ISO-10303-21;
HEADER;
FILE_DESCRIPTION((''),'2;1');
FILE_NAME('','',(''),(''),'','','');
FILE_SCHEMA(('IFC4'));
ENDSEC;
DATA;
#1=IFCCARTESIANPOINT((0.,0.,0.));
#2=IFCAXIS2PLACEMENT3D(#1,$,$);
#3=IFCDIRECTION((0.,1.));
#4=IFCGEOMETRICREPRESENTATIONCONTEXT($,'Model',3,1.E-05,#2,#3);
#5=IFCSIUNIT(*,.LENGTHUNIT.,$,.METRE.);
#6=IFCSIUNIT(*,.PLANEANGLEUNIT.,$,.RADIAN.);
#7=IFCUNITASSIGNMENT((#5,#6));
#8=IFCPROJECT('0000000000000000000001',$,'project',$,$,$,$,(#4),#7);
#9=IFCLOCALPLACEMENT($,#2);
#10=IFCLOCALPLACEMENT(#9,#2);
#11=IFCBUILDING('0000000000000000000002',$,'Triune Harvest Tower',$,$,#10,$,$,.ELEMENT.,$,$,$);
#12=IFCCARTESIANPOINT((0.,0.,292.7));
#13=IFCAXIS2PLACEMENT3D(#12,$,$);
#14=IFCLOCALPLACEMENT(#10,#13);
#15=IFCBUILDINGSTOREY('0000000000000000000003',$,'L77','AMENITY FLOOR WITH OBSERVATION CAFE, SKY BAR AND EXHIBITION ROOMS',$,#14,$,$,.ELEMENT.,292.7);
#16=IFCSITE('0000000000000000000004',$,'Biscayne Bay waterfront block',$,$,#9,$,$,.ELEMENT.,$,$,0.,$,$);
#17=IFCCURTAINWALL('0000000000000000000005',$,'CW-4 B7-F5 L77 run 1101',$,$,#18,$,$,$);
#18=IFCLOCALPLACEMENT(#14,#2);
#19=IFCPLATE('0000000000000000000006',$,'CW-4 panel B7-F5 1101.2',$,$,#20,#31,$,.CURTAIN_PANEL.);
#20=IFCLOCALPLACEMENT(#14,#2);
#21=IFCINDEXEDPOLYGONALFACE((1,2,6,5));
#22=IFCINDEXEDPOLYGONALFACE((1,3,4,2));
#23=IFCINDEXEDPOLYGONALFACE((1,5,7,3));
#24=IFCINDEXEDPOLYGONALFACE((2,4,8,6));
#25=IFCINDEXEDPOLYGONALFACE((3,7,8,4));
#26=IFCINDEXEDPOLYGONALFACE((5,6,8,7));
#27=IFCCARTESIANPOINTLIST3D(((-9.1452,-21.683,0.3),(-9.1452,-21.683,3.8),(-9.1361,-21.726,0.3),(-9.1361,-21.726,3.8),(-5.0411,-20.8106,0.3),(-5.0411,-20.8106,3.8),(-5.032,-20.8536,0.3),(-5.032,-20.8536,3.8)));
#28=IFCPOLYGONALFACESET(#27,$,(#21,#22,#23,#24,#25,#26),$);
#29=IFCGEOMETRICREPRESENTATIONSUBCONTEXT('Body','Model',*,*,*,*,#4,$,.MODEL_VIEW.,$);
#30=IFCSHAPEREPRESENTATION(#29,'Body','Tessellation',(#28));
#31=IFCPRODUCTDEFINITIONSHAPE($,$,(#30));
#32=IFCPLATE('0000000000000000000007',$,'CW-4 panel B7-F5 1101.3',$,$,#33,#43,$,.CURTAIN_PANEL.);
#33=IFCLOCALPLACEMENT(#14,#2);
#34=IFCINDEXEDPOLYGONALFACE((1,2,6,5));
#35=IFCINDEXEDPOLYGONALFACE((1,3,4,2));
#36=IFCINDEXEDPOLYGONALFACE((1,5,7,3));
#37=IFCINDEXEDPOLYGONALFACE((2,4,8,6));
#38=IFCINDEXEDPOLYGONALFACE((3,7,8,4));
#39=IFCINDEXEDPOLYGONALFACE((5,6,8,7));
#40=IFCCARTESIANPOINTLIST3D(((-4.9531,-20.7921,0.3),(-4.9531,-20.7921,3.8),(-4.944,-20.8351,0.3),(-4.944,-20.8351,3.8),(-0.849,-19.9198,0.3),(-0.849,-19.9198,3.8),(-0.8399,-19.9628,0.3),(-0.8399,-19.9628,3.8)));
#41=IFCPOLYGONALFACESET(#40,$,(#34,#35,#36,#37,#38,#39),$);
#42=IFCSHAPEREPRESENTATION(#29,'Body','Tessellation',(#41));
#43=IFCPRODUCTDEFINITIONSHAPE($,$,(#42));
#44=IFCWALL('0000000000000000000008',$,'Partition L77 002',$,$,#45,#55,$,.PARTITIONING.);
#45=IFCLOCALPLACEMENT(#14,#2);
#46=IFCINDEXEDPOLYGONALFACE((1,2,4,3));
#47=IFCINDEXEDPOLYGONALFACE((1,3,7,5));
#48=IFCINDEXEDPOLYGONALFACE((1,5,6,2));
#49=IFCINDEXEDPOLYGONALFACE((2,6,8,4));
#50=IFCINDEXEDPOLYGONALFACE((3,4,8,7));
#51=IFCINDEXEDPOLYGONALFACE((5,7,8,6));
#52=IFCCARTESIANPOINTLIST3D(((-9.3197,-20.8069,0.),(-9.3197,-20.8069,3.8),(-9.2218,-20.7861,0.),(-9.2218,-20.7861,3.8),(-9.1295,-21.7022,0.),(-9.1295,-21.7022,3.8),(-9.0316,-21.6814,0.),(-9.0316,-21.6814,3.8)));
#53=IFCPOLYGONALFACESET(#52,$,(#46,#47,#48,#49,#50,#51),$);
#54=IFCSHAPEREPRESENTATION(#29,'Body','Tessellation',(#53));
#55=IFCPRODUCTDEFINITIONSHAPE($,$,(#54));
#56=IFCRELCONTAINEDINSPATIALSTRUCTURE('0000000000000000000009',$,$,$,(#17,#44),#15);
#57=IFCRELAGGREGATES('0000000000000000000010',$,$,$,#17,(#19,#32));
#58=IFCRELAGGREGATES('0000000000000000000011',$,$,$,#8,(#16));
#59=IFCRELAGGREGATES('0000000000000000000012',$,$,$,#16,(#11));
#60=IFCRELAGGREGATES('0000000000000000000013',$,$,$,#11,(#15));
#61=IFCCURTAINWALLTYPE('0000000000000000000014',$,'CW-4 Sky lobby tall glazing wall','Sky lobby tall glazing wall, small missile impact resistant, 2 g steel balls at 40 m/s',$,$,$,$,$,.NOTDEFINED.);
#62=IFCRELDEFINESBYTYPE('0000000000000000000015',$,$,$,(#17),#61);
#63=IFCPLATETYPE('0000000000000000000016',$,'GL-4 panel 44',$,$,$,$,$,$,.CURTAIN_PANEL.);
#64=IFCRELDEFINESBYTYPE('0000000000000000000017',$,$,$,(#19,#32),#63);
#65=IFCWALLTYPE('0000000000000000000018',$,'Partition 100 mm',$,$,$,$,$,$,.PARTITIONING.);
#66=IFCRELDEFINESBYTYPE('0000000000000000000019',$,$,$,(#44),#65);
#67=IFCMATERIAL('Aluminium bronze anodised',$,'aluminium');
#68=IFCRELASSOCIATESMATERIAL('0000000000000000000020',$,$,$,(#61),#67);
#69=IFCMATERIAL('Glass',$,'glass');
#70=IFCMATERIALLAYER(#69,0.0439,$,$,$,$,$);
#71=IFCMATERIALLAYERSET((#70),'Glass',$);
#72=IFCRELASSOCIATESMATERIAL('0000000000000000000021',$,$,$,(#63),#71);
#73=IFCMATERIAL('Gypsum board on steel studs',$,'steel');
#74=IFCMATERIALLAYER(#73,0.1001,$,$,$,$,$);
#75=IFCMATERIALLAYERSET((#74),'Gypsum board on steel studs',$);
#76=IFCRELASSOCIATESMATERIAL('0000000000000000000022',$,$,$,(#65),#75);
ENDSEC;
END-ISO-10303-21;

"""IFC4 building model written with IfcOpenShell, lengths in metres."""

from ifc_helpers import new_model, si_unit, direction, frame, frame_2d, origin, origin_2d, place, context, subcontext, project, spatial, rectangle, extrude, source, transform, mapped, material, layer, layer_set, type_object, element, aggregate, save


model = new_model("IFC4")

# Units and contexts
model_context = context("Model", 3, precision=1e-05, world=origin(), true_north=direction((0.0, 1.0)))
body_context = subcontext(model_context, "Body", "Model", "MODEL_VIEW")
ifc_project = project(units=[si_unit("LENGTHUNIT", "METRE"), si_unit("PLANEANGLEUNIT", "RADIAN")], contexts=[model_context])

# Site, building, storey
site_placement = place(None, origin())
site = spatial("IfcSite", under=ifc_project, at=site_placement, Name="Biscayne Bay waterfront block", CompositionType="ELEMENT", RefElevation=0.0)
building_placement = place(site_placement, origin())
building = spatial("IfcBuilding", under=site, at=building_placement, Name="Triune Harvest Tower", CompositionType="ELEMENT")
storey_placement = place(building_placement, frame((0.0, 0.0, 292.7)))
storey = spatial("IfcBuildingStorey", under=building, at=storey_placement, Name="L77", Description="AMENITY FLOOR WITH OBSERVATION CAFE, SKY BAR AND EXHIBITION ROOMS", CompositionType="ELEMENT", Elevation=292.7)

# Curtain wall
ifc_material_1 = material(Name="Aluminium bronze anodised", Category="aluminium")
curtain_wall_type_1 = type_object("IfcCurtainWallType", Name="CW-4 Sky lobby tall glazing wall", Description="Sky lobby tall glazing wall, small missile impact resistant, 2 g steel balls at 40 m/s", PredefinedType="NOTDEFINED", material=ifc_material_1)
curtain_wall_1_placement = place(storey_placement, origin())
curtain_wall_1 = element("IfcCurtainWall", 1, at=curtain_wall_1_placement, inside=storey, type_object=curtain_wall_type_1, Name="CW-4 B7-F5 L77 run 1101")

# Plates
ifc_material_2 = material(Name="Glass", Category="glass")
ifc_layer_1 = layer(ifc_material_2, 0.0439)
ifc_layer_set_1 = layer_set([ifc_layer_1], Name="Glass")
plate_type_1 = type_object("IfcPlateType", Name="GL-4 panel 44", PredefinedType="CURTAIN_PANEL", material=ifc_layer_set_1)
shared_shape_1 = source(origin(), body_context, "Body", "SweptSolid", [
    extrude(rectangle(XDim=4.1958, YDim=0.0439, at=origin_2d()), origin(), (0.0, 0.0, 1.0), 3.5),
])
plate_1_placement = place(storey_placement, frame((-7.0886, -21.2683, 0.3), z_axis=(0.0, 0.0, 1.0), x_axis=(0.978148, 0.20791, 0.0)))
plate_1 = element("IfcPlate", 2, at=plate_1_placement, type_object=plate_type_1, Name="CW-4 panel B7-F5 1101.2", PredefinedType="CURTAIN_PANEL", context=body_context, shape_type="MappedRepresentation", body=[
    mapped(shared_shape_1, transform((0.0, 0.0, 0.0), scale=1.0)),
])
plate_2_placement = place(storey_placement, frame((-2.8965, -20.3774, 0.3), z_axis=(0.0, 0.0, 1.0), x_axis=(0.978148, 0.20791, 0.0)))
plate_2 = element("IfcPlate", 3, at=plate_2_placement, type_object=plate_type_1, Name="CW-4 panel B7-F5 1101.3", PredefinedType="CURTAIN_PANEL", context=body_context, shape_type="MappedRepresentation", body=[
    mapped(shared_shape_1, transform((0.0, 0.0, 0.0), scale=1.0)),
])
aggregate(curtain_wall_1, [plate_1, plate_2])

# Wall
ifc_material_3 = material(Name="Gypsum board on steel studs", Category="steel")
ifc_layer_2 = layer(ifc_material_3, 0.1001)
ifc_layer_set_2 = layer_set([ifc_layer_2], Name="Gypsum board on steel studs")
wall_type = type_object("IfcWallType", Name="Partition 100 mm", PredefinedType="PARTITIONING", material=ifc_layer_set_2)
shared_shape_2 = source(origin(), body_context, "Body", "SweptSolid", [
    extrude(rectangle(XDim=0.9153, YDim=0.1001, at=frame_2d((0.4575, 0.0))), origin(), (0.0, 0.0, 1.0), 3.8),
])
wall_placement = place(storey_placement, frame((-9.2708, -20.7966, 0.0), z_axis=(0.0, 0.0, 1.0), x_axis=(0.207798, -0.978172, 0.0)))
element("IfcWall", 4, at=wall_placement, inside=storey, type_object=wall_type, Name="Partition L77 002", PredefinedType="PARTITIONING", context=body_context, shape_type="MappedRepresentation", body=[
    mapped(shared_shape_2, transform((0.0, 0.0, 0.0), scale=1.0)),
])

save(model, "model.ifc")
